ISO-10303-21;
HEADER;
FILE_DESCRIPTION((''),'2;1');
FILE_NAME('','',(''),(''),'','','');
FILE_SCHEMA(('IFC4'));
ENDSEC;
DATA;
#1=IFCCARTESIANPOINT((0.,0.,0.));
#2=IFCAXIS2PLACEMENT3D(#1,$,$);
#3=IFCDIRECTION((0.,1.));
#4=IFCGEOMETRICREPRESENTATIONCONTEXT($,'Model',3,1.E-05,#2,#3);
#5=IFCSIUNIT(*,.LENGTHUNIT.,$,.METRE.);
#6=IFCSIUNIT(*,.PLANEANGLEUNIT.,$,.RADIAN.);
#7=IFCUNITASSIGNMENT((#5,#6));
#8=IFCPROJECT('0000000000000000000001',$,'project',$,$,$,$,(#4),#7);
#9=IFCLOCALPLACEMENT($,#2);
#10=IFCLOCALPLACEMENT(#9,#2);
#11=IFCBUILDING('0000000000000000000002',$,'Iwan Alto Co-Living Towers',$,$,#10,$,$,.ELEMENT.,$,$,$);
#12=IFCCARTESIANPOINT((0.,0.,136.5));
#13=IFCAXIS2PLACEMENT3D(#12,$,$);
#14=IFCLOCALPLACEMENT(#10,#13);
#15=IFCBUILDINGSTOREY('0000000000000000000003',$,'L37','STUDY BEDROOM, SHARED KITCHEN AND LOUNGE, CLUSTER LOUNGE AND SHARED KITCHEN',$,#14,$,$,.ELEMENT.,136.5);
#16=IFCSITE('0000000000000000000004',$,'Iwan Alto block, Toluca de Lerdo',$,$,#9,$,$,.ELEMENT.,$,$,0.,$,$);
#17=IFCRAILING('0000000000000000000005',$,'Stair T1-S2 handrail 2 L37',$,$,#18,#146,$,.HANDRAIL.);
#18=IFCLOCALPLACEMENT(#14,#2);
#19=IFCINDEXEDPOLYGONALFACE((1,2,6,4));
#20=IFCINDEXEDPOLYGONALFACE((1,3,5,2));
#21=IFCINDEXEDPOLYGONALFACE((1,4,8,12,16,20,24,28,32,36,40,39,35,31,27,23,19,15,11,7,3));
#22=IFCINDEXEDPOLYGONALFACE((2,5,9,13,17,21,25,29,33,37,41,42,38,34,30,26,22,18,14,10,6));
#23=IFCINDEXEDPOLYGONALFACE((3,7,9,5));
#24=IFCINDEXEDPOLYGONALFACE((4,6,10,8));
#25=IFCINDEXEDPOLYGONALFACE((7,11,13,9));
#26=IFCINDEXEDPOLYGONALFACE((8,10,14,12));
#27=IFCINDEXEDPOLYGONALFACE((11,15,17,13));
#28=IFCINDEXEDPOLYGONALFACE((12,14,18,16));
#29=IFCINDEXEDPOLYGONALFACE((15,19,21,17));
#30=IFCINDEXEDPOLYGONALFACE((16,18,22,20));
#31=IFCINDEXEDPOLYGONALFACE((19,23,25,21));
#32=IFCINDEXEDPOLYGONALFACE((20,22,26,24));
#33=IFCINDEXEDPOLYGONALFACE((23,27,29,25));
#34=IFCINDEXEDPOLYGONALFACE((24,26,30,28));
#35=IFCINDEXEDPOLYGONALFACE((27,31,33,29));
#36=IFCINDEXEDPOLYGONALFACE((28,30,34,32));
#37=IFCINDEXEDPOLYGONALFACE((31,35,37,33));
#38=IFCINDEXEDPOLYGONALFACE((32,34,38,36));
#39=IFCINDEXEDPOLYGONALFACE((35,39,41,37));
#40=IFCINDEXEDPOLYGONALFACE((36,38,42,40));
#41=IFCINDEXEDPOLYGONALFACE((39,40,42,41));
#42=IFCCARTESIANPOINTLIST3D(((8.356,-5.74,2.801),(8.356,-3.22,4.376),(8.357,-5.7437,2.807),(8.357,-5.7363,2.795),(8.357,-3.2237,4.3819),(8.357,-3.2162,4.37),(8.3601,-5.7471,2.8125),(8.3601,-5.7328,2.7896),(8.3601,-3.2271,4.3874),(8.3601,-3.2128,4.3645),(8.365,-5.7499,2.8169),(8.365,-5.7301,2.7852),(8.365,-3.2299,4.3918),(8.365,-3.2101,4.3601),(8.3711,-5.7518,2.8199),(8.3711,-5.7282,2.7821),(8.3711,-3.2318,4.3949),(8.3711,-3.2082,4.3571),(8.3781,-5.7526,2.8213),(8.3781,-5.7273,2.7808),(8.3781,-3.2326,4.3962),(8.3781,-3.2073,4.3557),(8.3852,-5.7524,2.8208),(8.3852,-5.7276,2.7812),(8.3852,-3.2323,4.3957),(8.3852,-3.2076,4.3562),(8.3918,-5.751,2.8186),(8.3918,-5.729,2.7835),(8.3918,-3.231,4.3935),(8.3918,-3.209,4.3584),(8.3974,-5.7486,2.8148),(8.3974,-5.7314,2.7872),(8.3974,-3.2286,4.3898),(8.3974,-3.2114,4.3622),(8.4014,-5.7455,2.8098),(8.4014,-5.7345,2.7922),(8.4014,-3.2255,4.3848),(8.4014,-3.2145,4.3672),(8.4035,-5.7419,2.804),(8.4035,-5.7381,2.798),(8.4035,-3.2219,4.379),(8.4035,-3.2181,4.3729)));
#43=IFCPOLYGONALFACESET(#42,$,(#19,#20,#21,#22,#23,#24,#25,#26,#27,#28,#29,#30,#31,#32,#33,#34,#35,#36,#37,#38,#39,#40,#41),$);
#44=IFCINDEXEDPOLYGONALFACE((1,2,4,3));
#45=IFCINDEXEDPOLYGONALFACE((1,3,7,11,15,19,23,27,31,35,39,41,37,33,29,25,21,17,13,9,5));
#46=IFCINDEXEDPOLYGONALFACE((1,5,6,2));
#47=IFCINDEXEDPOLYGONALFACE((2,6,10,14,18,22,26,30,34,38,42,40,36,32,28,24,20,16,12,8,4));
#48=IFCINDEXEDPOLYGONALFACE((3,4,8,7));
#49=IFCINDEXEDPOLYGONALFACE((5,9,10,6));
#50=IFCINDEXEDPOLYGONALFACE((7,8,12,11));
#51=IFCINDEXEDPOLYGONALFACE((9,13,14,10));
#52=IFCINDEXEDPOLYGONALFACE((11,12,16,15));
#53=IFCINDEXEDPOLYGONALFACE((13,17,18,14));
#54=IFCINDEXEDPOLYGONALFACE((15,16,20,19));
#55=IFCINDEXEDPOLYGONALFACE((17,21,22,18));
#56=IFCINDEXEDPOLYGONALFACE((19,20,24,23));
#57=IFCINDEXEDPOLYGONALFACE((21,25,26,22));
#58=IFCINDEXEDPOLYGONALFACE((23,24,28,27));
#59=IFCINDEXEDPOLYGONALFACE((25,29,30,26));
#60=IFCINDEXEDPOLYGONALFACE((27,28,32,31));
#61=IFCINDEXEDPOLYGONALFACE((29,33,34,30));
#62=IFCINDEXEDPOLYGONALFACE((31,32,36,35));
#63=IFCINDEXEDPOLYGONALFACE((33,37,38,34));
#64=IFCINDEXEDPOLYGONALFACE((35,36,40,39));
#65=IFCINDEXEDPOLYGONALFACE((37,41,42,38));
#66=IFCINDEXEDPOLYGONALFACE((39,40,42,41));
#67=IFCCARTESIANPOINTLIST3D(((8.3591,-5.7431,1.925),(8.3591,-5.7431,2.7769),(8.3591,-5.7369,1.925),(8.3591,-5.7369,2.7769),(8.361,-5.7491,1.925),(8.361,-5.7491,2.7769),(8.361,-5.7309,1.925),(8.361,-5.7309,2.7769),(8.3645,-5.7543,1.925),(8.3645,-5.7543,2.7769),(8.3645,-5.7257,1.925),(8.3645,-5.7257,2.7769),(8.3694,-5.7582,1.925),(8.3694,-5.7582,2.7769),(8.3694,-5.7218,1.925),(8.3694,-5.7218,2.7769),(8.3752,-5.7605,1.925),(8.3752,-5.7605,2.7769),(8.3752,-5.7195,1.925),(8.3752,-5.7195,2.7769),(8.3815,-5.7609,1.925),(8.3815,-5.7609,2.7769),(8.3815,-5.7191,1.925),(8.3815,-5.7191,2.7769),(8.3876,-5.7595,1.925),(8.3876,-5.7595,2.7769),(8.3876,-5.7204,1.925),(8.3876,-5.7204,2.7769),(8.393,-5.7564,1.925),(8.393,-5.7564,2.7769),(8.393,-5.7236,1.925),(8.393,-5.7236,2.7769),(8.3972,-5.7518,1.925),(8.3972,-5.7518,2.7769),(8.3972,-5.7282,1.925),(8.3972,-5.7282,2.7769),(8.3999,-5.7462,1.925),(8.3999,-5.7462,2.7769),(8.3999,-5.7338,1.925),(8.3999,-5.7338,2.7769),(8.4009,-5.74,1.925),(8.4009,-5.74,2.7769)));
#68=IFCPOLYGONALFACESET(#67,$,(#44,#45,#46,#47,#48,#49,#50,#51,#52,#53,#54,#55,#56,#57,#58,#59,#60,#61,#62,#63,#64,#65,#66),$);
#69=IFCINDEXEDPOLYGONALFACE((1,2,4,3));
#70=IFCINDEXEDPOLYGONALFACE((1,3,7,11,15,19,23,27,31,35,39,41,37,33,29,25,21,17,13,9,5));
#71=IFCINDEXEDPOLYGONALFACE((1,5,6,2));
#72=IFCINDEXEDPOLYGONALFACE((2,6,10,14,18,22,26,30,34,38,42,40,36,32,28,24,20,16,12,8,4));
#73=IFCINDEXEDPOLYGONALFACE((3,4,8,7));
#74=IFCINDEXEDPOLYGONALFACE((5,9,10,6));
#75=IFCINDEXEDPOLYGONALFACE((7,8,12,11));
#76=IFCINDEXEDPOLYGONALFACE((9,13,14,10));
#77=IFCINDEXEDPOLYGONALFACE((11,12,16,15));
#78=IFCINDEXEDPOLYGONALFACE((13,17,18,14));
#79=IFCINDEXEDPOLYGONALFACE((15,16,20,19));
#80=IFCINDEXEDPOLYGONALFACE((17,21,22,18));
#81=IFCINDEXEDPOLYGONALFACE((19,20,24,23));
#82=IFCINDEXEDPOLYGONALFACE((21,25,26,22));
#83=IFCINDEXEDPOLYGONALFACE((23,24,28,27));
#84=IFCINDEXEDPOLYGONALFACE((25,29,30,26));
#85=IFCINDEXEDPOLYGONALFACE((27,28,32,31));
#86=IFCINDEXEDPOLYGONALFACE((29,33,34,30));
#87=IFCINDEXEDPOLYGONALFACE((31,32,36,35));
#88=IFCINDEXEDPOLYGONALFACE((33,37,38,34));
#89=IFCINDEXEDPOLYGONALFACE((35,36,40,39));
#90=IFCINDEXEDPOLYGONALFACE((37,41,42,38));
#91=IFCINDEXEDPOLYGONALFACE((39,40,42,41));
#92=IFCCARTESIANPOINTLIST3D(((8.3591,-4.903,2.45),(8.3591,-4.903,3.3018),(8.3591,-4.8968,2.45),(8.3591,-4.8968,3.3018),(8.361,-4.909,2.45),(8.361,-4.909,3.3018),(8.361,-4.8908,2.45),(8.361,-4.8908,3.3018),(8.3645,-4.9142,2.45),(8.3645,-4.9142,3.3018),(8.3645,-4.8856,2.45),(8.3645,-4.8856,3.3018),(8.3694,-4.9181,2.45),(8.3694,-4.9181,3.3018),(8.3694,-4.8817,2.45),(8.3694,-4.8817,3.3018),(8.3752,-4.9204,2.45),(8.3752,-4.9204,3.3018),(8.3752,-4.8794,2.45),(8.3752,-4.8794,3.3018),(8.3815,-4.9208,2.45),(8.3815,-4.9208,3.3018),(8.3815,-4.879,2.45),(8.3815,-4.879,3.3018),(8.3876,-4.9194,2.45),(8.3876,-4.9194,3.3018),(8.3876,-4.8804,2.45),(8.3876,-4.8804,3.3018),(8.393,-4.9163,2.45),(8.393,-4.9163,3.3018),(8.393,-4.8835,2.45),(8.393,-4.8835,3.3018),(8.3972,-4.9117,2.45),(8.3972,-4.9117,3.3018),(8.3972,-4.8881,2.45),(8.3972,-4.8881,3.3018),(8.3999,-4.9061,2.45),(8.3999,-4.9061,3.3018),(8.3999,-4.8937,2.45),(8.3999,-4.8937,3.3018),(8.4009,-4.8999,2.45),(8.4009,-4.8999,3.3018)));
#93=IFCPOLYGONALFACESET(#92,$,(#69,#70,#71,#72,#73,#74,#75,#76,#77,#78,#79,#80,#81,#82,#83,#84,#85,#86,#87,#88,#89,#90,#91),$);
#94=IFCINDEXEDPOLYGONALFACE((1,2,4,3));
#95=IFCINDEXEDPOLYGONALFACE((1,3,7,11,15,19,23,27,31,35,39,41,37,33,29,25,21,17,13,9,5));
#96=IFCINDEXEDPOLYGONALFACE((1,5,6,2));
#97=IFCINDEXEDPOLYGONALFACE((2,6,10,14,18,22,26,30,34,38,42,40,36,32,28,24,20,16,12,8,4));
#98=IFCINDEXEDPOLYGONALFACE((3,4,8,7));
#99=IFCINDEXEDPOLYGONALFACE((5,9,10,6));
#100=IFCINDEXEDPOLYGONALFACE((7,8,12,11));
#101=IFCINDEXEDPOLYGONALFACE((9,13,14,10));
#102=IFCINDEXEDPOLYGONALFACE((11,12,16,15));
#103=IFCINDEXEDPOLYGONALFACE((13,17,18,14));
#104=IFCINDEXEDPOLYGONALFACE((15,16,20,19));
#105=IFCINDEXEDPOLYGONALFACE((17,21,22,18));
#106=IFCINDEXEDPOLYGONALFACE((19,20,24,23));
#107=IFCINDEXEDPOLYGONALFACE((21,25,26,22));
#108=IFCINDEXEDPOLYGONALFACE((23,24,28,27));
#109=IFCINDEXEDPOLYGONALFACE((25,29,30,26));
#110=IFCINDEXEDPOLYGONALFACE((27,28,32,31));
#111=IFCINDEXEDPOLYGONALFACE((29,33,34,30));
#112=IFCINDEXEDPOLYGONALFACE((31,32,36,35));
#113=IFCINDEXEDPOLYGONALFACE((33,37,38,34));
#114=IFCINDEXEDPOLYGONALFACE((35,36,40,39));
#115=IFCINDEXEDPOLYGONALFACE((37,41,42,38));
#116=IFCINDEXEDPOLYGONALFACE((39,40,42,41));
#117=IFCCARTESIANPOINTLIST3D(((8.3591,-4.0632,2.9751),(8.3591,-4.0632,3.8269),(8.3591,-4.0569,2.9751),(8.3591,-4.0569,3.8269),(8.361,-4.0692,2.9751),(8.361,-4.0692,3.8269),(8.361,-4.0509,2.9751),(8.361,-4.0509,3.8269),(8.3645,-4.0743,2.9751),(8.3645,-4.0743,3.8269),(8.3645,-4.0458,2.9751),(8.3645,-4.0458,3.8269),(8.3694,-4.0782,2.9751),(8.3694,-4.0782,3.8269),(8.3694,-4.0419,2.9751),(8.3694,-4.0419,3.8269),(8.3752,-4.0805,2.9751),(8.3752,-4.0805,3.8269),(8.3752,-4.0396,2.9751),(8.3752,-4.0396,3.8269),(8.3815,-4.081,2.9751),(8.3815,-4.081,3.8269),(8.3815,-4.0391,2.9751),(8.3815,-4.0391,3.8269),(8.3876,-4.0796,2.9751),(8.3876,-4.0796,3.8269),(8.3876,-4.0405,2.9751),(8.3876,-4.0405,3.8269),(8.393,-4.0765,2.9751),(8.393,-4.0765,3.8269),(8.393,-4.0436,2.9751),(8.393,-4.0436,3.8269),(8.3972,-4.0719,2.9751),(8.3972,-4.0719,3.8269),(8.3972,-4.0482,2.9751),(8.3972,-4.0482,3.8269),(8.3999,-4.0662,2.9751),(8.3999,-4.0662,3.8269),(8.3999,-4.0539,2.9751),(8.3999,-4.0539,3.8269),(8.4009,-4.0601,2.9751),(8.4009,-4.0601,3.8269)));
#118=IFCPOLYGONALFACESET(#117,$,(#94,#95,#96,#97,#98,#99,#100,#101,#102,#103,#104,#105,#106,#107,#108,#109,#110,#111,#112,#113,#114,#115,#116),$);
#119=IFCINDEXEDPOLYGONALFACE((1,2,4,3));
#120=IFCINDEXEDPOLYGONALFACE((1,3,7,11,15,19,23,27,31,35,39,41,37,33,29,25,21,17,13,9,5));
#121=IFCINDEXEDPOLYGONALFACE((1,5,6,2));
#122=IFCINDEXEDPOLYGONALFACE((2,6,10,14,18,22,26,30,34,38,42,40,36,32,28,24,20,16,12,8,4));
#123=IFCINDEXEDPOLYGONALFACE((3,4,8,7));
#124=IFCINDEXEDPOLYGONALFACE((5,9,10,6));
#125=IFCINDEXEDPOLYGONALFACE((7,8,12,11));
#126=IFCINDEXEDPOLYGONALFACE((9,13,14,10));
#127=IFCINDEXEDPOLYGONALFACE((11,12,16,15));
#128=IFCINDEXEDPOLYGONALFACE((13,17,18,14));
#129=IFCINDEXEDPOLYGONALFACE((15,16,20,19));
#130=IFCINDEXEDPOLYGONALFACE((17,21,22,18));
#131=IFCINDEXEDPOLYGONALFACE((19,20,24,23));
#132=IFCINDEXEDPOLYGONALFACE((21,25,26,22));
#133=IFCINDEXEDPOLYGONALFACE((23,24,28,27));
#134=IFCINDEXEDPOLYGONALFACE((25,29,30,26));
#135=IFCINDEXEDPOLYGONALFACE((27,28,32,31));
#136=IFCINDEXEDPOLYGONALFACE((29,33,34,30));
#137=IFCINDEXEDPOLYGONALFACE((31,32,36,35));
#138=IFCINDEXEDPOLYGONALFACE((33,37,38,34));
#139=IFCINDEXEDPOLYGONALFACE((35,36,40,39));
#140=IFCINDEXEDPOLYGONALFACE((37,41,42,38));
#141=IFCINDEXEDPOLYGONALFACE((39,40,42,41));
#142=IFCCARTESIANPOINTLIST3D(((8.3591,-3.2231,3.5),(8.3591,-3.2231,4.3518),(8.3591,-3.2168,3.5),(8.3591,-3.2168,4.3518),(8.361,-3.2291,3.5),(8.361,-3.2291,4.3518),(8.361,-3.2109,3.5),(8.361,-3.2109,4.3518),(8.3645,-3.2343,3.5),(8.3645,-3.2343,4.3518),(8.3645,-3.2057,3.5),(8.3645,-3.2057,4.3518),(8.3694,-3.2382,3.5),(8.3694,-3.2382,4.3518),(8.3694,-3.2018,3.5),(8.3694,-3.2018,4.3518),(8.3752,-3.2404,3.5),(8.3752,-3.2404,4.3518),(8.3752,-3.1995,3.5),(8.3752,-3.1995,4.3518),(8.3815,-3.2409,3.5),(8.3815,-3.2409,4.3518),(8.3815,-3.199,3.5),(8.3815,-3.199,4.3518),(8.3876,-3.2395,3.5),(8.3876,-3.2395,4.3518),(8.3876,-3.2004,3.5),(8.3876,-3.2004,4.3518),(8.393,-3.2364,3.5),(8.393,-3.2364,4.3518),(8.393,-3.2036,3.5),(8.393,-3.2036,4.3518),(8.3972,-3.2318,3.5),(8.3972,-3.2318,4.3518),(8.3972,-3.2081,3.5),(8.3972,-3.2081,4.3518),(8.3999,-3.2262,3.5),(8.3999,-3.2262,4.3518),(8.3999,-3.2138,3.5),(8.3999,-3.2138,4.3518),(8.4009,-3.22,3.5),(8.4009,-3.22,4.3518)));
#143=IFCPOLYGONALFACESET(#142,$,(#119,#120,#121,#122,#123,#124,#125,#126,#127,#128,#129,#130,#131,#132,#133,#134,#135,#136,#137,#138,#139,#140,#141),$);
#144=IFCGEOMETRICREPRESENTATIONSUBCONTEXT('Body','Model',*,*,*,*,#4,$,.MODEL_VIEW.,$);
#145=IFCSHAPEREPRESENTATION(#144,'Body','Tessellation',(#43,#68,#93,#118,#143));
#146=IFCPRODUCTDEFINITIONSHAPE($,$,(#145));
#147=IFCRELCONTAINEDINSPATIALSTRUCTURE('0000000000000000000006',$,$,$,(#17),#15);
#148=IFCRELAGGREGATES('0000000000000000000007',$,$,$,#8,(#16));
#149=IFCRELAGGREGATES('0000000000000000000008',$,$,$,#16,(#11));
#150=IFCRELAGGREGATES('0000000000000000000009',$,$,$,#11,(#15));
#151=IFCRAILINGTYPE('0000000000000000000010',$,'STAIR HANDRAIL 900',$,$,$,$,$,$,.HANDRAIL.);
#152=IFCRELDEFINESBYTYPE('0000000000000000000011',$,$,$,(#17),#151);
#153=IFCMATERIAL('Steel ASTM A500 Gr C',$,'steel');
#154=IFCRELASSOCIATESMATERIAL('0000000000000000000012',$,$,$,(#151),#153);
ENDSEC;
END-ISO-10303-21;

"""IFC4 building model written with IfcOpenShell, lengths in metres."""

from ifc_helpers import new_model, si_unit, direction, frame, origin, origin_2d, place, context, subcontext, project, spatial, circle, extrude, material, type_object, element, save


model = new_model("IFC4")

# Units and contexts
model_context = context("Model", 3, precision=1e-05, world=origin(), true_north=direction((0.0, 1.0)))
body_context = subcontext(model_context, "Body", "Model", "MODEL_VIEW")
ifc_project = project(units=[si_unit("LENGTHUNIT", "METRE"), si_unit("PLANEANGLEUNIT", "RADIAN")], contexts=[model_context])

# Site, building, storey
site_placement = place(None, origin())
site = spatial("IfcSite", under=ifc_project, at=site_placement, Name="Iwan Alto block, Toluca de Lerdo", CompositionType="ELEMENT", RefElevation=0.0)
building_placement = place(site_placement, origin())
building = spatial("IfcBuilding", under=site, at=building_placement, Name="Iwan Alto Co-Living Towers", CompositionType="ELEMENT")
storey_placement = place(building_placement, frame((0.0, 0.0, 136.5)))
storey = spatial("IfcBuildingStorey", under=building, at=storey_placement, Name="L37", Description="STUDY BEDROOM, SHARED KITCHEN AND LOUNGE, CLUSTER LOUNGE AND SHARED KITCHEN", CompositionType="ELEMENT", Elevation=136.5)

# Railing
ifc_material_1 = material(Name="Steel ASTM A500 Gr C", Category="steel")
railing_type_1 = type_object("IfcRailingType", Name="STAIR HANDRAIL 900", PredefinedType="HANDRAIL", material=ifc_material_1)
railing_1_placement = place(storey_placement, frame((8.3799, -5.74, 1.925)))
element("IfcRailing", 1, at=railing_1_placement, inside=storey, type_object=railing_type_1, Name="Stair T1-S2 handrail 2 L37", PredefinedType="HANDRAIL", context=body_context, shape_type="SweptSolid", body=[
    extrude(circle(Radius=0.0239, at=origin_2d()), frame((0.0, 0.0, 0.876), z_axis=(0.0, 0.848008, 0.529984), x_axis=(-1.0, 0.0, 0.0)), (0.0, 0.0, 1.0), 2.9717),
    extrude(circle(Radius=0.021, at=origin_2d()), origin(), (0.0, 0.0, 1.0), 0.8518),
    extrude(circle(Radius=0.021, at=origin_2d()), frame((0.0, 0.8401, 0.5249)), (0.0, 0.0, 1.0), 0.8518),
    extrude(circle(Radius=0.021, at=origin_2d()), frame((0.0, 1.6799, 1.05)), (0.0, 0.0, 1.0), 0.8518),
    extrude(circle(Radius=0.021, at=origin_2d()), frame((0.0, 2.52, 1.575)), (0.0, 0.0, 1.0), 0.8518),
])

save(model, "model.ifc")
